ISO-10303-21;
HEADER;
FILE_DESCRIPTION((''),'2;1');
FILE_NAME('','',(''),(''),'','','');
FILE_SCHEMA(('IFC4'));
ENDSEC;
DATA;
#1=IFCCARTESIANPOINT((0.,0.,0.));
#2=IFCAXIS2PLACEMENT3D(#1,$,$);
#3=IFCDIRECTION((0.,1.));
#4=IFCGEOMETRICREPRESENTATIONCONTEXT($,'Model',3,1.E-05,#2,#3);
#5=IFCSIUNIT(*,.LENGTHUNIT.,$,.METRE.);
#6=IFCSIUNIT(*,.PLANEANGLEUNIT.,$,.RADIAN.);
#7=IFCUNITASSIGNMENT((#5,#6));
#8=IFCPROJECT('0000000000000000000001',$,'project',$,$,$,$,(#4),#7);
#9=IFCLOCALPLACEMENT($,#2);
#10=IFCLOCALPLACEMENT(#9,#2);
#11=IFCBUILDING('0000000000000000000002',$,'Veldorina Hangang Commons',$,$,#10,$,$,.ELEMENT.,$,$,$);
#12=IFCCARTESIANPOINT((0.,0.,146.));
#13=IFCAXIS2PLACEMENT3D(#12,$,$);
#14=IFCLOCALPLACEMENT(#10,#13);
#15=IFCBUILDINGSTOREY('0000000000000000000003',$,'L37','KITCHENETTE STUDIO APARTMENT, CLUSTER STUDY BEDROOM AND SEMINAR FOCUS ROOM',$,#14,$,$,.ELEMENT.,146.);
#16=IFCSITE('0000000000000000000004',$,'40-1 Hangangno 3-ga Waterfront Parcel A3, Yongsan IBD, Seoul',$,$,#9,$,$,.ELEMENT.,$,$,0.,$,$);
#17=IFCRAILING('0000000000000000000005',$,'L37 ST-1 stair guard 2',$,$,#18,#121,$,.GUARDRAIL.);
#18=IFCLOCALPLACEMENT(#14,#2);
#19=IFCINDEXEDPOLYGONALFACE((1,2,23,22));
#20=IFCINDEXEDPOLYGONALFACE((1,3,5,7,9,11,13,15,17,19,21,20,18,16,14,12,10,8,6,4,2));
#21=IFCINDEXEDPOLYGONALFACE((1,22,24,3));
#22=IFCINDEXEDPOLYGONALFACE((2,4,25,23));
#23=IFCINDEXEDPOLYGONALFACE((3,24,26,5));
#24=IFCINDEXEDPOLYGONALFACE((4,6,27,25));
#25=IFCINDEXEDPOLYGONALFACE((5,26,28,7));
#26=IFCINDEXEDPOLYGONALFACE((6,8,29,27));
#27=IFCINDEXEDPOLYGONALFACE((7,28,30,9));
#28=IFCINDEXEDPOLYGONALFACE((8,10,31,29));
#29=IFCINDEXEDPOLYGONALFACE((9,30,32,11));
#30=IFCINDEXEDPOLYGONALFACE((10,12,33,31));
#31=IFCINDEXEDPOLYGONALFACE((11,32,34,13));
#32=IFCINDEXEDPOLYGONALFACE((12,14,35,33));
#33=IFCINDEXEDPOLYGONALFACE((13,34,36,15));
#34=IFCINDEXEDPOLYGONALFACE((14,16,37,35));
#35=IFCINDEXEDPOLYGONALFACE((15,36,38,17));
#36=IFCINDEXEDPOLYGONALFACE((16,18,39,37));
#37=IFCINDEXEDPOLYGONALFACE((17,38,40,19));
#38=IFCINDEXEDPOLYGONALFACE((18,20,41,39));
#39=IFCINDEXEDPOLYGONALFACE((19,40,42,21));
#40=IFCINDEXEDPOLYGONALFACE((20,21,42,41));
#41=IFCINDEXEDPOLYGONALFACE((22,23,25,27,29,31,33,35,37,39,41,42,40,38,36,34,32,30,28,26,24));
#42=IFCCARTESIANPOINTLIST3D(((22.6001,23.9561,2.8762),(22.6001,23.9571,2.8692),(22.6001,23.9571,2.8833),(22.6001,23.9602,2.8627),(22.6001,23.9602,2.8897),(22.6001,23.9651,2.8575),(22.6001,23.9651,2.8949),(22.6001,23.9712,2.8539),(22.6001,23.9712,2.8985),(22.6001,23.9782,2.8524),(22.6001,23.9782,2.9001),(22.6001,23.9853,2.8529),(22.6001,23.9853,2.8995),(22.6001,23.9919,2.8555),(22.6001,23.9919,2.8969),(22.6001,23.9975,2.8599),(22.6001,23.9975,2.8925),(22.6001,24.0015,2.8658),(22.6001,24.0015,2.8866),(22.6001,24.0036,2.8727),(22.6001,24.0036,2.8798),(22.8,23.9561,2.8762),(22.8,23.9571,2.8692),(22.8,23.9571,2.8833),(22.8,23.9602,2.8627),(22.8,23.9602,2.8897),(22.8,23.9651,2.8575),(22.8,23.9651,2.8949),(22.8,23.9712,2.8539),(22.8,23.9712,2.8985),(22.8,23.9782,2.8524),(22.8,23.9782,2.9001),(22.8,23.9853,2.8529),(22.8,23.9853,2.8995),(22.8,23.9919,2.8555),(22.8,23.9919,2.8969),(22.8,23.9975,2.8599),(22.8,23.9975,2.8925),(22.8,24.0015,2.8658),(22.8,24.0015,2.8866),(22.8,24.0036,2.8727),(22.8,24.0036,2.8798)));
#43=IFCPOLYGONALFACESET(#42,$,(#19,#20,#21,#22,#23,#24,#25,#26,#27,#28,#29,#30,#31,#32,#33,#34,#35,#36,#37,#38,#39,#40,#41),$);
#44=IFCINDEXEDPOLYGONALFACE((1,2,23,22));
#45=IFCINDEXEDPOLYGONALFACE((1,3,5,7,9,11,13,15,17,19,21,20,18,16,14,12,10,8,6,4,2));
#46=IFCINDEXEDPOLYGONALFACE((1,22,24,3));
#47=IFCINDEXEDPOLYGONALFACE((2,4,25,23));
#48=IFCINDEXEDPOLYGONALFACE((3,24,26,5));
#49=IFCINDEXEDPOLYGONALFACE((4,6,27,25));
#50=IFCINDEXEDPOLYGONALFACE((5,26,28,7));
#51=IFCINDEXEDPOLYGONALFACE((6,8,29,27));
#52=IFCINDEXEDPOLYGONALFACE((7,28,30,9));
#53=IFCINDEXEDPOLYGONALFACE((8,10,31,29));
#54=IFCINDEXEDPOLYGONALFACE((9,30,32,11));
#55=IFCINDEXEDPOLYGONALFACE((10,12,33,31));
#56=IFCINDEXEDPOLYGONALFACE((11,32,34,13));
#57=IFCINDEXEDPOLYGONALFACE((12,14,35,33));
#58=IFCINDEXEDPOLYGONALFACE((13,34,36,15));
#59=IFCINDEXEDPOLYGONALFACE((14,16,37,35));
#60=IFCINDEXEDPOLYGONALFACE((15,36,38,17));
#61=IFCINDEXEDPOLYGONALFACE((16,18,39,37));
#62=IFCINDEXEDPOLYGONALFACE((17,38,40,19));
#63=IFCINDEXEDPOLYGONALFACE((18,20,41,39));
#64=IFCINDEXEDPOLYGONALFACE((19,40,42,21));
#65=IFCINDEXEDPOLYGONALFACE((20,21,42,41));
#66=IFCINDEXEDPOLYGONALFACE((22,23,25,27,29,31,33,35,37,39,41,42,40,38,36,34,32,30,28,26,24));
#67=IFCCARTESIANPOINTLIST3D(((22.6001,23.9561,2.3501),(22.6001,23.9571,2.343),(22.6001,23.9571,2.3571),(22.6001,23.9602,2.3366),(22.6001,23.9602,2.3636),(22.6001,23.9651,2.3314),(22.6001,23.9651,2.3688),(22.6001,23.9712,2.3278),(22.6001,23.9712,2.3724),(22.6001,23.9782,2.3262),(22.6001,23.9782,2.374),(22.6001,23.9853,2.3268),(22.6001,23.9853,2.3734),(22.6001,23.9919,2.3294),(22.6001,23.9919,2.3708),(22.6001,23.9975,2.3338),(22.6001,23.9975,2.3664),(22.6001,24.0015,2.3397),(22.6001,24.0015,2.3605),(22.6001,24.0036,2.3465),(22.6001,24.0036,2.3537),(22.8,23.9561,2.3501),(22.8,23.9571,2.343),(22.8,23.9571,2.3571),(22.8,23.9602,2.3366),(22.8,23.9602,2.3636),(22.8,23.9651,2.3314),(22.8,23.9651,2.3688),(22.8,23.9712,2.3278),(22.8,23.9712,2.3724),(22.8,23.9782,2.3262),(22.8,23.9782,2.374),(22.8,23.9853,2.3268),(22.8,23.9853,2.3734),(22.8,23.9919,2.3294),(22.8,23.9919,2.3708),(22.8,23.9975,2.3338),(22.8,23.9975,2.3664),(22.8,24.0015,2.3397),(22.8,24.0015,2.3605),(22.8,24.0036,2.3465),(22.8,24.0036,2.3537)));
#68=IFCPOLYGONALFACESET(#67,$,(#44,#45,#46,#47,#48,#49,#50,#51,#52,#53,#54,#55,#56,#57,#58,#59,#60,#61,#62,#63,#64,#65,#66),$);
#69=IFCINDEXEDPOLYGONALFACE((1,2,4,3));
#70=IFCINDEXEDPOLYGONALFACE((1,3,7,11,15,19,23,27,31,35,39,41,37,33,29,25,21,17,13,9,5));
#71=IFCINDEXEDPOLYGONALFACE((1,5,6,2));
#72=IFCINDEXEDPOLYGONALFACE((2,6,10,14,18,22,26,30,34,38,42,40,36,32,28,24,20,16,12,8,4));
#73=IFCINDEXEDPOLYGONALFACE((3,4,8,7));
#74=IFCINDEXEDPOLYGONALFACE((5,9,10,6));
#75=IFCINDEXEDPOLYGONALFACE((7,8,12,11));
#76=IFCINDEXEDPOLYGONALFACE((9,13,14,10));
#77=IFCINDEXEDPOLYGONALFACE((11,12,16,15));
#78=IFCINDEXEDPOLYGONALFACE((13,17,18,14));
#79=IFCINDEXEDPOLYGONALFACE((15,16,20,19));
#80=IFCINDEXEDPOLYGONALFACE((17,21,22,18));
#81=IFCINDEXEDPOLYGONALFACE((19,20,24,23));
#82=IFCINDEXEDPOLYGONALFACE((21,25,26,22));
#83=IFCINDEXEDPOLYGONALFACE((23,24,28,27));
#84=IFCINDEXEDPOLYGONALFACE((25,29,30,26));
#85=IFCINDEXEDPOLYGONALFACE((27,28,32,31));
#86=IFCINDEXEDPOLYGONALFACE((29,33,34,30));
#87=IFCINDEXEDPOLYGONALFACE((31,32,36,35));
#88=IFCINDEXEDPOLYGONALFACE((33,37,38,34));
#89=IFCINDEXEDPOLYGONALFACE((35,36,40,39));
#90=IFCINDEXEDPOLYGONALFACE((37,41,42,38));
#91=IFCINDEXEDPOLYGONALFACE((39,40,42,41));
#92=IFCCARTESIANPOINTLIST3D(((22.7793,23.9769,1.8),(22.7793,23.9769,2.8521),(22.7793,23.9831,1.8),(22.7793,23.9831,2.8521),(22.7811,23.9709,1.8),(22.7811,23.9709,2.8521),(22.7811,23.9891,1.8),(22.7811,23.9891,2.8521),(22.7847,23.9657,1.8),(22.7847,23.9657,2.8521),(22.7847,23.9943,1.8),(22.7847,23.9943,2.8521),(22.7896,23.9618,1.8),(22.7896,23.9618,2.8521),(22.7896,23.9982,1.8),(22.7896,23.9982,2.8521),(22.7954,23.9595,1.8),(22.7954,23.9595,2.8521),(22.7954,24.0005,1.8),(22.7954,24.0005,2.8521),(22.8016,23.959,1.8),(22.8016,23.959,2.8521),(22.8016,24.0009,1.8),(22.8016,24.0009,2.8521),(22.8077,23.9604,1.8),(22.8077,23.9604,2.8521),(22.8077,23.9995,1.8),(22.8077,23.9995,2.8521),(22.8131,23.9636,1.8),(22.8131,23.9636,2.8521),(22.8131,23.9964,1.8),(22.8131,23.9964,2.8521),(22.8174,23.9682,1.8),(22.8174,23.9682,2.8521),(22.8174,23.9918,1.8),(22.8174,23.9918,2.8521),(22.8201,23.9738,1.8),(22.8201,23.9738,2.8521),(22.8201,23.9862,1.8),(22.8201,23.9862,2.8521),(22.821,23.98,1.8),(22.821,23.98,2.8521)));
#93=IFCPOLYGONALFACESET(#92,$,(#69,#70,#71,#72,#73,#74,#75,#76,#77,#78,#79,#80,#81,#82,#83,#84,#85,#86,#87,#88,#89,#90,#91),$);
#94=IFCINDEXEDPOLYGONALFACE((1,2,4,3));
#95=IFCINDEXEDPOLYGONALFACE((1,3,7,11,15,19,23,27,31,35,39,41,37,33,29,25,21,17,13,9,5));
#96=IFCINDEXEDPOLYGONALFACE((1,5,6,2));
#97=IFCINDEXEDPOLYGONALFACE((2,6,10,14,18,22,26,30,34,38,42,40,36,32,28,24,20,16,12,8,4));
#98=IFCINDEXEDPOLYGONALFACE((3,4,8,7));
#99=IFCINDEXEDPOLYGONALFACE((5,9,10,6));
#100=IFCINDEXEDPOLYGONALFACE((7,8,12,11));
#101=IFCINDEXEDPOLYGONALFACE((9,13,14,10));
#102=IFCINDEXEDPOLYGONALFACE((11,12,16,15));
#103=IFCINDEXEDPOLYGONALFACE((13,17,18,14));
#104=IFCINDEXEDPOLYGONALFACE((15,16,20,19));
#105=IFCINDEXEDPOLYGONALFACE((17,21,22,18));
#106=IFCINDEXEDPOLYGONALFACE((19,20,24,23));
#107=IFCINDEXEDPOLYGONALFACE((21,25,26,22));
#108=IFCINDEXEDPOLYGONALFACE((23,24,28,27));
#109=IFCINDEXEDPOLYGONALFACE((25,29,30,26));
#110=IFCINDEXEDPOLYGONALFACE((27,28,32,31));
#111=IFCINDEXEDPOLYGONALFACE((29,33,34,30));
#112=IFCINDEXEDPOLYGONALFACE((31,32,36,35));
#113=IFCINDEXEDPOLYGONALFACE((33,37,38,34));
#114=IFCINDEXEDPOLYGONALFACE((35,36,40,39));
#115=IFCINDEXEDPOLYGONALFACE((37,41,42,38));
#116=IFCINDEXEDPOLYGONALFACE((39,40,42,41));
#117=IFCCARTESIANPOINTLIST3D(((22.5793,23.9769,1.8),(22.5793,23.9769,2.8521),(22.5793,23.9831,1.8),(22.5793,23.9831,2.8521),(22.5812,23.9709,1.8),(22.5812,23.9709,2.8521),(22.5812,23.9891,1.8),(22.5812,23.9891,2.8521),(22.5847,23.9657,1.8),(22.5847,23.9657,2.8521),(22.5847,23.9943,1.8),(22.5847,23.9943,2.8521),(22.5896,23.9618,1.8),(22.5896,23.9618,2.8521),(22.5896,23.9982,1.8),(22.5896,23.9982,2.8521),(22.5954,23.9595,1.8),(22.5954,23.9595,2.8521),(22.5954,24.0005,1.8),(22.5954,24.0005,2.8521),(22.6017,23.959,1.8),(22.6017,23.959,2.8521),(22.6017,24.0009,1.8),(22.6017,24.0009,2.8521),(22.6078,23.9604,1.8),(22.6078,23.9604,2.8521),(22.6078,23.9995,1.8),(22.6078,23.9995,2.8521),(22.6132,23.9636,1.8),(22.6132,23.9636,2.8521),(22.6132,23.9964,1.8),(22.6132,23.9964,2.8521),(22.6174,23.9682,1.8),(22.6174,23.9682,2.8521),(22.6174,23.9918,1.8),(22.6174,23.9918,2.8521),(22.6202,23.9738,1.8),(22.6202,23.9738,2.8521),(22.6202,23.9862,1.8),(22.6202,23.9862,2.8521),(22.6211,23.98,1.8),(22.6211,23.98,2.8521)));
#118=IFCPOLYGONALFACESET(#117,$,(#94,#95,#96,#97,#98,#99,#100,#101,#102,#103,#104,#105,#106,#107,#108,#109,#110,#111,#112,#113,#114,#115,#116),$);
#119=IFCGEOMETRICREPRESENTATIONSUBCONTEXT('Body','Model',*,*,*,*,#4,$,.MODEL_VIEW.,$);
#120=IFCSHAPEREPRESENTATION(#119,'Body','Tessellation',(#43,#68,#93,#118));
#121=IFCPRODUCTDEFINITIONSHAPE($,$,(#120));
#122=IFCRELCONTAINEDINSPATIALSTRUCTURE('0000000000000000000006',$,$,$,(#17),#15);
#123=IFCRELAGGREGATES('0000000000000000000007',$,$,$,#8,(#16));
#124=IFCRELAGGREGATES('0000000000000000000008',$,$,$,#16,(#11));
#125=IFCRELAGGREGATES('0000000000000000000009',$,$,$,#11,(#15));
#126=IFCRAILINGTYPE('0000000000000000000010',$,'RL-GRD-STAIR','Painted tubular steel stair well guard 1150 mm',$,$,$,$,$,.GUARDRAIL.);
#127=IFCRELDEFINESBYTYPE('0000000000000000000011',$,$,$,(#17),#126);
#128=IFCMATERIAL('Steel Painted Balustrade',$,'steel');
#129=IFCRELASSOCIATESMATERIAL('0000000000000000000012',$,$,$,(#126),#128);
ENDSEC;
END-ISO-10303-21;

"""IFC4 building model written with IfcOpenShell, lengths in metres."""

from ifc_helpers import new_model, si_unit, direction, frame, origin, origin_2d, place, context, subcontext, project, spatial, circle, extrude, material, type_object, element, save


model = new_model("IFC4")

# Units and contexts
model_context = context("Model", 3, precision=1e-05, world=origin(), true_north=direction((0.0, 1.0)))
body_context = subcontext(model_context, "Body", "Model", "MODEL_VIEW")
ifc_project = project(units=[si_unit("LENGTHUNIT", "METRE"), si_unit("PLANEANGLEUNIT", "RADIAN")], contexts=[model_context])

# Site, building, storey
site_placement = place(None, origin())
site = spatial("IfcSite", under=ifc_project, at=site_placement, Name="40-1 Hangangno 3-ga Waterfront Parcel A3, Yongsan IBD, Seoul", CompositionType="ELEMENT", RefElevation=0.0)
building_placement = place(site_placement, origin())
building = spatial("IfcBuilding", under=site, at=building_placement, Name="Veldorina Hangang Commons", CompositionType="ELEMENT")
storey_placement = place(building_placement, frame((0.0, 0.0, 146.0)))
storey = spatial("IfcBuildingStorey", under=building, at=storey_placement, Name="L37", Description="KITCHENETTE STUDIO APARTMENT, CLUSTER STUDY BEDROOM AND SEMINAR FOCUS ROOM", CompositionType="ELEMENT", Elevation=146.0)

# Railing
ifc_material_1 = material(Name="Steel Painted Balustrade", Category="steel")
railing_type_1 = type_object("IfcRailingType", Name="RL-GRD-STAIR", Description="Painted tubular steel stair well guard 1150 mm", PredefinedType="GUARDRAIL", material=ifc_material_1)
railing_1_placement = place(storey_placement, frame((22.8, 23.98, 1.8)))
element("IfcRailing", 1, at=railing_1_placement, inside=storey, type_object=railing_type_1, Name="L37 ST-1 stair guard 2", PredefinedType="GUARDRAIL", context=body_context, shape_type="SweptSolid", body=[
    extrude(circle(Radius=0.0239, at=origin_2d()), frame((0.0, 0.0, 1.0762), z_axis=(-1.0, 0.0, 0.0), x_axis=(0.0, -1.0, 0.0)), (0.0, 0.0, 1.0), 0.2),
    extrude(circle(Radius=0.0239, at=origin_2d()), frame((0.0, 0.0, 0.55), z_axis=(-1.0, 0.0, 0.0), x_axis=(0.0, -1.0, 0.0)), (0.0, 0.0, 1.0), 0.2),
    extrude(circle(Radius=0.021, at=origin_2d()), origin(), (0.0, 0.0, 1.0), 1.052),
    extrude(circle(Radius=0.021, at=origin_2d()), frame((-0.2, 0.0, 0.0)), (0.0, 0.0, 1.0), 1.052),
])

save(model, "model.ifc")
